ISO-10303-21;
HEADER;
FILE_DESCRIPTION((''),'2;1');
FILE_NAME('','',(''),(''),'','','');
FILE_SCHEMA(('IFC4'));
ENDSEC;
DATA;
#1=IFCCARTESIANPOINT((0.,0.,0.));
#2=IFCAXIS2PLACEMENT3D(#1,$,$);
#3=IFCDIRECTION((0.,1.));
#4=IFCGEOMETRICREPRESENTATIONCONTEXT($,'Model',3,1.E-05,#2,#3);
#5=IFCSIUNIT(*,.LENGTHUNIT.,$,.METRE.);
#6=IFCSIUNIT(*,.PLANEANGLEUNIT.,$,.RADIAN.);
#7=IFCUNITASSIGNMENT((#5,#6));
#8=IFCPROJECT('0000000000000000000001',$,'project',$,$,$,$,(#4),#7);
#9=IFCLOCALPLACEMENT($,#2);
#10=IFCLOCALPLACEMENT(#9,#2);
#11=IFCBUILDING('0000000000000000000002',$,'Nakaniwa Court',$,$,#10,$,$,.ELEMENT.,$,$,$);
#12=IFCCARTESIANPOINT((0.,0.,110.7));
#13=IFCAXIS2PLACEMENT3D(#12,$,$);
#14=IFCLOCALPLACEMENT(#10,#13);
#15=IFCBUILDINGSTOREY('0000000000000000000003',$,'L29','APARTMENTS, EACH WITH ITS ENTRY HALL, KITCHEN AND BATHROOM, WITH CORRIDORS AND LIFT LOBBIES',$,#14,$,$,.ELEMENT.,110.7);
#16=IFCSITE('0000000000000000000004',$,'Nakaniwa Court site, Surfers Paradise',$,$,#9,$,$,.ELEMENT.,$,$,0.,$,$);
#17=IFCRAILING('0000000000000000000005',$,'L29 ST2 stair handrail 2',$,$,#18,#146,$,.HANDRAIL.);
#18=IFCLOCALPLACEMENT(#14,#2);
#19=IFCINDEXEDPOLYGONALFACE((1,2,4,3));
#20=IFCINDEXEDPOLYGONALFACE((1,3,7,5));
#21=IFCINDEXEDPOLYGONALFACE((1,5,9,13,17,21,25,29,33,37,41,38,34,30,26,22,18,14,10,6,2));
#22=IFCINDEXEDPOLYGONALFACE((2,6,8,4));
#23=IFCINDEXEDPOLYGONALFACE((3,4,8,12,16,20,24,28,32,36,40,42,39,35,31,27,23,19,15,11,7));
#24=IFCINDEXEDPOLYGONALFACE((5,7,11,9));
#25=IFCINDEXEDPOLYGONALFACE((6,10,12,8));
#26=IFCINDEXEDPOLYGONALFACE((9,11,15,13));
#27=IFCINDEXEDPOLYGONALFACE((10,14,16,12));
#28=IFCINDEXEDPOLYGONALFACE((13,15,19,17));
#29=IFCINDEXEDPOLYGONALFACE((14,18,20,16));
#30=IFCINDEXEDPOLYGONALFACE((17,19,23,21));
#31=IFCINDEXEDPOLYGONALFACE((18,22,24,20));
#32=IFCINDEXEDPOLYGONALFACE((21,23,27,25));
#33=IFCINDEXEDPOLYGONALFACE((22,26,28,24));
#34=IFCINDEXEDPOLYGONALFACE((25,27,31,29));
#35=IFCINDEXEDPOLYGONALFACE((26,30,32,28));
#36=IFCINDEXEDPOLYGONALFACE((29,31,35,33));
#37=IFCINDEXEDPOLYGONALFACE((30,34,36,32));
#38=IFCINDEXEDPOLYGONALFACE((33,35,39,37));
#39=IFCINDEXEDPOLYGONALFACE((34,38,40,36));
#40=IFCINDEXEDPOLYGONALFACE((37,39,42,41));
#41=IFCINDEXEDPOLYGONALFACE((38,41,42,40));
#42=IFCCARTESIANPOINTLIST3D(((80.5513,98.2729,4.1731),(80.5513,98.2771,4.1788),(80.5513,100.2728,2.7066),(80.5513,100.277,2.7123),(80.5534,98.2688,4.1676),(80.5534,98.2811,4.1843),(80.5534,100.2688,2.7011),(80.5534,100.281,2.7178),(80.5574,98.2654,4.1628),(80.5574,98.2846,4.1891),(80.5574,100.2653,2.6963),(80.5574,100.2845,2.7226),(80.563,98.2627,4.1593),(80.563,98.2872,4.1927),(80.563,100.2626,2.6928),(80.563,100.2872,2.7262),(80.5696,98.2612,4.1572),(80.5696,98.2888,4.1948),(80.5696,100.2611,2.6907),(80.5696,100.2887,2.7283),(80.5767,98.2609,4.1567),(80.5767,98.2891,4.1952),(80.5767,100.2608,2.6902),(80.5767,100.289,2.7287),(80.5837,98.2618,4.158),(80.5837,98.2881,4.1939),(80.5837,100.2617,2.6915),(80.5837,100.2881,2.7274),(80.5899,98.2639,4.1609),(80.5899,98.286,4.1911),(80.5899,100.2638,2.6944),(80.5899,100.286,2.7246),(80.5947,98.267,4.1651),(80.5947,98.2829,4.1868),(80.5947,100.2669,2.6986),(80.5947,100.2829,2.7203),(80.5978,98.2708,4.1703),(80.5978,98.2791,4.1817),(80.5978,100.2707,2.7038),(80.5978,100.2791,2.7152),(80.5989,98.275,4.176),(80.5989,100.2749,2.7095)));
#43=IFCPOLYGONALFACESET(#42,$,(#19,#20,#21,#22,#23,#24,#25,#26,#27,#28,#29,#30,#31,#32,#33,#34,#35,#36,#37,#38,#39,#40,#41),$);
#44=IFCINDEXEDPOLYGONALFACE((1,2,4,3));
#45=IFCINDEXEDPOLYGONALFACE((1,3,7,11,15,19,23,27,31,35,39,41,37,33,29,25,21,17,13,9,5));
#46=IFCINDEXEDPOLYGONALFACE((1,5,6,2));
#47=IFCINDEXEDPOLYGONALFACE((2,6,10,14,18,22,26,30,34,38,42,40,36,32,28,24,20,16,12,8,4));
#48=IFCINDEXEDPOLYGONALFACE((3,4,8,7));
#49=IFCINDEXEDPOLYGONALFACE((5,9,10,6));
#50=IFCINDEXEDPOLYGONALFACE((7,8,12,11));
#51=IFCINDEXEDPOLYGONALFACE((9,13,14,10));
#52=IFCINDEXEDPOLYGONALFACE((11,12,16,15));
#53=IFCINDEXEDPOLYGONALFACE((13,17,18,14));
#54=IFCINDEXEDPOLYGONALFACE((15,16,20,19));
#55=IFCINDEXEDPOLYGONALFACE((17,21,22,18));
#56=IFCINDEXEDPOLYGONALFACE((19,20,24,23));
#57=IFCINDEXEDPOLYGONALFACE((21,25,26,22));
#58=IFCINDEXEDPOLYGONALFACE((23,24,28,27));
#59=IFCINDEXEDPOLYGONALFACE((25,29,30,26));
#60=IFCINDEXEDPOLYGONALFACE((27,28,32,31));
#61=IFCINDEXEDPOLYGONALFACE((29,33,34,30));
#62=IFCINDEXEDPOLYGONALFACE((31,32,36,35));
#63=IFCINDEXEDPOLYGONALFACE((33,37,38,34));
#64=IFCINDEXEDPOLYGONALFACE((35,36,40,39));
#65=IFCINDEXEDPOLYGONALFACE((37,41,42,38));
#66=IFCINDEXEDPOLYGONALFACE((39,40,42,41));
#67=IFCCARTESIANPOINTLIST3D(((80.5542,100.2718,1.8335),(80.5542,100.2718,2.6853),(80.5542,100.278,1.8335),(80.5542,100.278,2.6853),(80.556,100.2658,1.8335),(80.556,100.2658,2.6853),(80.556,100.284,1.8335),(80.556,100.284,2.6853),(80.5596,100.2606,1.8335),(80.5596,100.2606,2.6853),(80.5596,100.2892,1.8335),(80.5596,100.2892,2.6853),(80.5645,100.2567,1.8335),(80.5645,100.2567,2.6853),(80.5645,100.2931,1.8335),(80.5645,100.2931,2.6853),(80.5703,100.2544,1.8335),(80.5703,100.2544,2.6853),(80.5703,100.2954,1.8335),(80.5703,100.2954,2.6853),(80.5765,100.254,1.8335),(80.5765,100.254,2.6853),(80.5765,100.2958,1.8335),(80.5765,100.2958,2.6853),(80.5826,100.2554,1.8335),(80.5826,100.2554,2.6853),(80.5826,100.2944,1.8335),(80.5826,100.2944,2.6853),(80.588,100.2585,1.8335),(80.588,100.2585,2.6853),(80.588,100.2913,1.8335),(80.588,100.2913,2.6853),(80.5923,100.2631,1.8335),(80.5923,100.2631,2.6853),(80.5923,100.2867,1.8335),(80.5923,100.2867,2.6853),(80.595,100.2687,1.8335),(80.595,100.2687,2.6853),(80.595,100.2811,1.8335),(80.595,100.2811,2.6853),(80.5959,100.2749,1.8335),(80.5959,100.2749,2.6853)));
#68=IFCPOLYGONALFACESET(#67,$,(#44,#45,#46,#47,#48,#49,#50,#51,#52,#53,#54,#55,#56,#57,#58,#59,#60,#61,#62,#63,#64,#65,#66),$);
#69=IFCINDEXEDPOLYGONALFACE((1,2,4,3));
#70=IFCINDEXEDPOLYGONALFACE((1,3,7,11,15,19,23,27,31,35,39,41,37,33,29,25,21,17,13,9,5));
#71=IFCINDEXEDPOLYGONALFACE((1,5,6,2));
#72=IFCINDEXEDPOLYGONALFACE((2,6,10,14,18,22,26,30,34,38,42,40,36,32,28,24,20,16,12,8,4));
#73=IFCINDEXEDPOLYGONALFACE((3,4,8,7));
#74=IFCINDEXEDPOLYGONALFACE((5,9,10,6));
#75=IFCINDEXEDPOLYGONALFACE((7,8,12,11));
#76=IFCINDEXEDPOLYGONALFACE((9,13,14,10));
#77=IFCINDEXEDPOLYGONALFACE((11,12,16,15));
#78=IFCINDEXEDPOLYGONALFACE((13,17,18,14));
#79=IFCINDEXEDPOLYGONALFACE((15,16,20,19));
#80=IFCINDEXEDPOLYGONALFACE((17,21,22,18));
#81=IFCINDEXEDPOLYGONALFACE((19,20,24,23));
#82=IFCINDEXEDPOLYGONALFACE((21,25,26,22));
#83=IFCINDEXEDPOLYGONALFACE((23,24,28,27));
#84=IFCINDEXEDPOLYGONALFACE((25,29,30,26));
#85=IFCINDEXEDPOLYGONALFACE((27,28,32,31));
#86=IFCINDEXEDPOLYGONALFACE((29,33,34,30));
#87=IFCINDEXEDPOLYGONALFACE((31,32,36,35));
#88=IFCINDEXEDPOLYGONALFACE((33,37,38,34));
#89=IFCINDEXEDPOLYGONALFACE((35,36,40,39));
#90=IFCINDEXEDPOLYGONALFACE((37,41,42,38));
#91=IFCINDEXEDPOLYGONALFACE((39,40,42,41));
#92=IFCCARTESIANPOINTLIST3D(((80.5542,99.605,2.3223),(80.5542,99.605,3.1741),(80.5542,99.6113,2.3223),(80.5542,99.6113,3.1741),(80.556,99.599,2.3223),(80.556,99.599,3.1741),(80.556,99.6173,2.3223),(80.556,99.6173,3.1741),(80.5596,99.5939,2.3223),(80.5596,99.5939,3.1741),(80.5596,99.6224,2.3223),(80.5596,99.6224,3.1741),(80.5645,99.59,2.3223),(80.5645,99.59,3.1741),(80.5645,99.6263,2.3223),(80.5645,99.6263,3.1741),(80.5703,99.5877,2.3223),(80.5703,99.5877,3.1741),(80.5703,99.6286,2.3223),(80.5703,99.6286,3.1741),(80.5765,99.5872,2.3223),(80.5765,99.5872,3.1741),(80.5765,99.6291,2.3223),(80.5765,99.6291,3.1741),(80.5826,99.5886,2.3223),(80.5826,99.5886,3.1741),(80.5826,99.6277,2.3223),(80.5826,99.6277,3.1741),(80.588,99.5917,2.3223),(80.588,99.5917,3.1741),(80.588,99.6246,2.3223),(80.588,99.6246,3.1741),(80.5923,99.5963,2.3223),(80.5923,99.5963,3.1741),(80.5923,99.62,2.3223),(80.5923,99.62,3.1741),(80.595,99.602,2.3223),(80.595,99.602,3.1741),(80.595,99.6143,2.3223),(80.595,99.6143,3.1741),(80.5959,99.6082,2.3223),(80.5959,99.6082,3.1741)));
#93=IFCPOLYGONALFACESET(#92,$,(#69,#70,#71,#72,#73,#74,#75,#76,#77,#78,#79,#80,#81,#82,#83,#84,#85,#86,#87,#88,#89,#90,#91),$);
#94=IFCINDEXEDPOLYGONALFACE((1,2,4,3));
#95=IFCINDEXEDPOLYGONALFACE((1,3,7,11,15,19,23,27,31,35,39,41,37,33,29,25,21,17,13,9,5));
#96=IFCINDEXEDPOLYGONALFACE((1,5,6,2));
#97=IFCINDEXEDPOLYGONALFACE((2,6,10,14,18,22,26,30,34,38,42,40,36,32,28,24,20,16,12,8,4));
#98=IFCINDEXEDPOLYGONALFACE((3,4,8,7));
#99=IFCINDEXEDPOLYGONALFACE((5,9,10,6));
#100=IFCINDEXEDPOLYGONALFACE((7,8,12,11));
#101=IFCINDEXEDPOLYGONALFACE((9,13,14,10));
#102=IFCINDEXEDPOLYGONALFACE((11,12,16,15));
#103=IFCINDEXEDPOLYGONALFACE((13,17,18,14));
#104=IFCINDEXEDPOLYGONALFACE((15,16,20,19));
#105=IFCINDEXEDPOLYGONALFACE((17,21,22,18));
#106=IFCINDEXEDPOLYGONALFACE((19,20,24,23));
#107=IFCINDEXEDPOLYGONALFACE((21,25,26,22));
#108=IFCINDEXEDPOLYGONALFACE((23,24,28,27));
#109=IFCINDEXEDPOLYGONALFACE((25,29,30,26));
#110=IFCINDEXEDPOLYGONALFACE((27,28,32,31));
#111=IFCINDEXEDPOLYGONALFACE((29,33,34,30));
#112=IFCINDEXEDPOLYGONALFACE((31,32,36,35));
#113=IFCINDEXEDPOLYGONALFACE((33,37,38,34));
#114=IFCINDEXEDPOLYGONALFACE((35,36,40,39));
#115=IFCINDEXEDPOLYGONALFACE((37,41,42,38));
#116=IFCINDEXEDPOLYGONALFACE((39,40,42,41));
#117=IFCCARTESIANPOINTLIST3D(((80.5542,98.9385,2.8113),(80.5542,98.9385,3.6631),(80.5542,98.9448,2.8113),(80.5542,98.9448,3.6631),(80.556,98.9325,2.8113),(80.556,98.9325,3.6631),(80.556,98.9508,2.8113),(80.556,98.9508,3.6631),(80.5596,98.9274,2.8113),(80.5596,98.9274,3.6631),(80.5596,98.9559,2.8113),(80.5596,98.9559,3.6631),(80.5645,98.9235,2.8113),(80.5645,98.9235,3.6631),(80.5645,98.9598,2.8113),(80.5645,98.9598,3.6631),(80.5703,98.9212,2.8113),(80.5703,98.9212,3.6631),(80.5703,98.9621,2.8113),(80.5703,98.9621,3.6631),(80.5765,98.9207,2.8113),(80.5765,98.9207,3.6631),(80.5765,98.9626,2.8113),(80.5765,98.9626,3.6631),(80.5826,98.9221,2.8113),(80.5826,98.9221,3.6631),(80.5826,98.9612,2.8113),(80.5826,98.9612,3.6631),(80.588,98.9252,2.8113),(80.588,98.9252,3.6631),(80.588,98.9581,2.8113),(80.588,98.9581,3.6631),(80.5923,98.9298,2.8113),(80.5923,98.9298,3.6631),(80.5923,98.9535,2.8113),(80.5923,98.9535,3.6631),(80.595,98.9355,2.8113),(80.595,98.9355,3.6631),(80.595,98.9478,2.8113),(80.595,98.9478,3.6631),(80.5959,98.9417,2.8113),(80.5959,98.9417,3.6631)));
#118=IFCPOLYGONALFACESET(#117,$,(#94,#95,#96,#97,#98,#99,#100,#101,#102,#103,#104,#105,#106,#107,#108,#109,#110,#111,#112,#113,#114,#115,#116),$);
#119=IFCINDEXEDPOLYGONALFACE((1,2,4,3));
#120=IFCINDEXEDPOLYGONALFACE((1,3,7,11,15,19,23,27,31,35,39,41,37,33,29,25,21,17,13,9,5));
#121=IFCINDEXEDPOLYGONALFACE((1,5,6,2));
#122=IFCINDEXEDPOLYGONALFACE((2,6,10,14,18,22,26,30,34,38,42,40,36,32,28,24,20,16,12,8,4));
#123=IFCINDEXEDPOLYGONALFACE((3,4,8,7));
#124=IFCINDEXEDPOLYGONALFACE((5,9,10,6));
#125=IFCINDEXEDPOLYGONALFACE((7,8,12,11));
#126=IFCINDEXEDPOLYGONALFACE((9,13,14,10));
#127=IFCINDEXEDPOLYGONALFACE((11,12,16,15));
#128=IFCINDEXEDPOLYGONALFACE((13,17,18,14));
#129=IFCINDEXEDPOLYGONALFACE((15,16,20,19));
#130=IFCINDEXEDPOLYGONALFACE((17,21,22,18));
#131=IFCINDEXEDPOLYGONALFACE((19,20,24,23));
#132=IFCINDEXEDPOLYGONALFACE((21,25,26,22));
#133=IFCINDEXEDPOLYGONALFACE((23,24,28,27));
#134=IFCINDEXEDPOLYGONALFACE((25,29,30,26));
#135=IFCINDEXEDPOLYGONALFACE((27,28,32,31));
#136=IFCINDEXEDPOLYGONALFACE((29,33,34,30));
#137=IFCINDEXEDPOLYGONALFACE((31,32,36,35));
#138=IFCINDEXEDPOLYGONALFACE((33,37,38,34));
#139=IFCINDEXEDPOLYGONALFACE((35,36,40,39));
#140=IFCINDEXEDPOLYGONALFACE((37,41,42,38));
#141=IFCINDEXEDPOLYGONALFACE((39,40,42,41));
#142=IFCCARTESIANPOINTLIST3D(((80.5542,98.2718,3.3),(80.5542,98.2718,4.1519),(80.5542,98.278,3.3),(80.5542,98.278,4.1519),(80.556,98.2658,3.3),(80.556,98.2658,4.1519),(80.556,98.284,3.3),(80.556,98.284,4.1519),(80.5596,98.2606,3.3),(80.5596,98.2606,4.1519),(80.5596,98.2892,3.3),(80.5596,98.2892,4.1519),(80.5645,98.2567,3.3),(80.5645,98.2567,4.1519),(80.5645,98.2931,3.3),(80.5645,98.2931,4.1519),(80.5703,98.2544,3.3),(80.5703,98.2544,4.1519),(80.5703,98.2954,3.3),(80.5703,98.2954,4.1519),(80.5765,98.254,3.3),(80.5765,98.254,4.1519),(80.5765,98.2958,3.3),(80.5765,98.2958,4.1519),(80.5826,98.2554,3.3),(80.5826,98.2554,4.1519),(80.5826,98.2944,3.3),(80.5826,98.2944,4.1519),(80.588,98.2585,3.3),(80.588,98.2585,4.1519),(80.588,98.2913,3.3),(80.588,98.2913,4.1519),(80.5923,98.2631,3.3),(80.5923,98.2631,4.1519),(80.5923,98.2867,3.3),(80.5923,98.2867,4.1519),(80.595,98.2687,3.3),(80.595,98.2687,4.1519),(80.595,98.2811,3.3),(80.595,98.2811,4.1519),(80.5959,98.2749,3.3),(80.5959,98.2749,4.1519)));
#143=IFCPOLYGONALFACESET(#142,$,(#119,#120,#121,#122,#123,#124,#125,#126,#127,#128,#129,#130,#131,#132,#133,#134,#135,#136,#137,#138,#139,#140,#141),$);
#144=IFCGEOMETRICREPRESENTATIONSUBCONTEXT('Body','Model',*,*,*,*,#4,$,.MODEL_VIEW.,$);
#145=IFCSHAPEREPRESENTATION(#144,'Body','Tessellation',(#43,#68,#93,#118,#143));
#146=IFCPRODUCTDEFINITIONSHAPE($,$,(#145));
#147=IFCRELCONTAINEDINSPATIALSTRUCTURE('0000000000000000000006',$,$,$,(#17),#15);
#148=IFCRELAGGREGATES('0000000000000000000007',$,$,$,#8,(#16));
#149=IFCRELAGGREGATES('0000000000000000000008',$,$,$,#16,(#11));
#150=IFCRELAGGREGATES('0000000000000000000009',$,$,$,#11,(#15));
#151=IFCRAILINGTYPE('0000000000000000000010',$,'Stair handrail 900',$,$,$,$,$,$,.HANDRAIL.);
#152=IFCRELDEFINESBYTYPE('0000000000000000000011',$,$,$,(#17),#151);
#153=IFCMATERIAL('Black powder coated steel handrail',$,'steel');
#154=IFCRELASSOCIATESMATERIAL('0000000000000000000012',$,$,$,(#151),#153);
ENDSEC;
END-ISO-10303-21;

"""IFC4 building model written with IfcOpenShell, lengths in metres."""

from ifc_helpers import new_model, si_unit, direction, frame, origin, origin_2d, place, context, subcontext, project, spatial, circle, extrude, material, type_object, element, save


model = new_model("IFC4")

# Units and contexts
model_context = context("Model", 3, precision=1e-05, world=origin(), true_north=direction((0.0, 1.0)))
body_context = subcontext(model_context, "Body", "Model", "MODEL_VIEW")
ifc_project = project(units=[si_unit("LENGTHUNIT", "METRE"), si_unit("PLANEANGLEUNIT", "RADIAN")], contexts=[model_context])

# Site, building, storey
site_placement = place(None, origin())
site = spatial("IfcSite", under=ifc_project, at=site_placement, Name="Nakaniwa Court site, Surfers Paradise", CompositionType="ELEMENT", RefElevation=0.0)
building_placement = place(site_placement, origin())
building = spatial("IfcBuilding", under=site, at=building_placement, Name="Nakaniwa Court", CompositionType="ELEMENT")
storey_placement = place(building_placement, frame((0.0, 0.0, 110.7)))
storey = spatial("IfcBuildingStorey", under=building, at=storey_placement, Name="L29", Description="APARTMENTS, EACH WITH ITS ENTRY HALL, KITCHEN AND BATHROOM, WITH CORRIDORS AND LIFT LOBBIES", CompositionType="ELEMENT", Elevation=110.7)

# Railing
ifc_material_1 = material(Name="Black powder coated steel handrail", Category="steel")
railing_type_1 = type_object("IfcRailingType", Name="Stair handrail 900", PredefinedType="HANDRAIL", material=ifc_material_1)
railing_1_placement = place(storey_placement, frame((80.575, 100.2749, 1.8335)))
element("IfcRailing", 1, at=railing_1_placement, inside=storey, type_object=railing_type_1, Name="L29 ST2 stair handrail 2", PredefinedType="HANDRAIL", context=body_context, shape_type="SweptSolid", body=[
    extrude(circle(Radius=0.0239, at=origin_2d()), frame((0.0, 0.0, 0.876), z_axis=(0.0, -0.806427, 0.591334), x_axis=(1.0, 0.0, 0.0)), (0.0, 0.0, 1.0), 2.48),
    extrude(circle(Radius=0.021, at=origin_2d()), origin(), (0.0, 0.0, 1.0), 0.8518),
    extrude(circle(Radius=0.021, at=origin_2d()), frame((0.0, -0.6667, 0.4888)), (0.0, 0.0, 1.0), 0.8518),
    extrude(circle(Radius=0.021, at=origin_2d()), frame((0.0, -1.3333, 0.9778)), (0.0, 0.0, 1.0), 0.8518),
    extrude(circle(Radius=0.021, at=origin_2d()), frame((0.0, -2.0, 1.4666)), (0.0, 0.0, 1.0), 0.8518),
])

save(model, "model.ifc")
